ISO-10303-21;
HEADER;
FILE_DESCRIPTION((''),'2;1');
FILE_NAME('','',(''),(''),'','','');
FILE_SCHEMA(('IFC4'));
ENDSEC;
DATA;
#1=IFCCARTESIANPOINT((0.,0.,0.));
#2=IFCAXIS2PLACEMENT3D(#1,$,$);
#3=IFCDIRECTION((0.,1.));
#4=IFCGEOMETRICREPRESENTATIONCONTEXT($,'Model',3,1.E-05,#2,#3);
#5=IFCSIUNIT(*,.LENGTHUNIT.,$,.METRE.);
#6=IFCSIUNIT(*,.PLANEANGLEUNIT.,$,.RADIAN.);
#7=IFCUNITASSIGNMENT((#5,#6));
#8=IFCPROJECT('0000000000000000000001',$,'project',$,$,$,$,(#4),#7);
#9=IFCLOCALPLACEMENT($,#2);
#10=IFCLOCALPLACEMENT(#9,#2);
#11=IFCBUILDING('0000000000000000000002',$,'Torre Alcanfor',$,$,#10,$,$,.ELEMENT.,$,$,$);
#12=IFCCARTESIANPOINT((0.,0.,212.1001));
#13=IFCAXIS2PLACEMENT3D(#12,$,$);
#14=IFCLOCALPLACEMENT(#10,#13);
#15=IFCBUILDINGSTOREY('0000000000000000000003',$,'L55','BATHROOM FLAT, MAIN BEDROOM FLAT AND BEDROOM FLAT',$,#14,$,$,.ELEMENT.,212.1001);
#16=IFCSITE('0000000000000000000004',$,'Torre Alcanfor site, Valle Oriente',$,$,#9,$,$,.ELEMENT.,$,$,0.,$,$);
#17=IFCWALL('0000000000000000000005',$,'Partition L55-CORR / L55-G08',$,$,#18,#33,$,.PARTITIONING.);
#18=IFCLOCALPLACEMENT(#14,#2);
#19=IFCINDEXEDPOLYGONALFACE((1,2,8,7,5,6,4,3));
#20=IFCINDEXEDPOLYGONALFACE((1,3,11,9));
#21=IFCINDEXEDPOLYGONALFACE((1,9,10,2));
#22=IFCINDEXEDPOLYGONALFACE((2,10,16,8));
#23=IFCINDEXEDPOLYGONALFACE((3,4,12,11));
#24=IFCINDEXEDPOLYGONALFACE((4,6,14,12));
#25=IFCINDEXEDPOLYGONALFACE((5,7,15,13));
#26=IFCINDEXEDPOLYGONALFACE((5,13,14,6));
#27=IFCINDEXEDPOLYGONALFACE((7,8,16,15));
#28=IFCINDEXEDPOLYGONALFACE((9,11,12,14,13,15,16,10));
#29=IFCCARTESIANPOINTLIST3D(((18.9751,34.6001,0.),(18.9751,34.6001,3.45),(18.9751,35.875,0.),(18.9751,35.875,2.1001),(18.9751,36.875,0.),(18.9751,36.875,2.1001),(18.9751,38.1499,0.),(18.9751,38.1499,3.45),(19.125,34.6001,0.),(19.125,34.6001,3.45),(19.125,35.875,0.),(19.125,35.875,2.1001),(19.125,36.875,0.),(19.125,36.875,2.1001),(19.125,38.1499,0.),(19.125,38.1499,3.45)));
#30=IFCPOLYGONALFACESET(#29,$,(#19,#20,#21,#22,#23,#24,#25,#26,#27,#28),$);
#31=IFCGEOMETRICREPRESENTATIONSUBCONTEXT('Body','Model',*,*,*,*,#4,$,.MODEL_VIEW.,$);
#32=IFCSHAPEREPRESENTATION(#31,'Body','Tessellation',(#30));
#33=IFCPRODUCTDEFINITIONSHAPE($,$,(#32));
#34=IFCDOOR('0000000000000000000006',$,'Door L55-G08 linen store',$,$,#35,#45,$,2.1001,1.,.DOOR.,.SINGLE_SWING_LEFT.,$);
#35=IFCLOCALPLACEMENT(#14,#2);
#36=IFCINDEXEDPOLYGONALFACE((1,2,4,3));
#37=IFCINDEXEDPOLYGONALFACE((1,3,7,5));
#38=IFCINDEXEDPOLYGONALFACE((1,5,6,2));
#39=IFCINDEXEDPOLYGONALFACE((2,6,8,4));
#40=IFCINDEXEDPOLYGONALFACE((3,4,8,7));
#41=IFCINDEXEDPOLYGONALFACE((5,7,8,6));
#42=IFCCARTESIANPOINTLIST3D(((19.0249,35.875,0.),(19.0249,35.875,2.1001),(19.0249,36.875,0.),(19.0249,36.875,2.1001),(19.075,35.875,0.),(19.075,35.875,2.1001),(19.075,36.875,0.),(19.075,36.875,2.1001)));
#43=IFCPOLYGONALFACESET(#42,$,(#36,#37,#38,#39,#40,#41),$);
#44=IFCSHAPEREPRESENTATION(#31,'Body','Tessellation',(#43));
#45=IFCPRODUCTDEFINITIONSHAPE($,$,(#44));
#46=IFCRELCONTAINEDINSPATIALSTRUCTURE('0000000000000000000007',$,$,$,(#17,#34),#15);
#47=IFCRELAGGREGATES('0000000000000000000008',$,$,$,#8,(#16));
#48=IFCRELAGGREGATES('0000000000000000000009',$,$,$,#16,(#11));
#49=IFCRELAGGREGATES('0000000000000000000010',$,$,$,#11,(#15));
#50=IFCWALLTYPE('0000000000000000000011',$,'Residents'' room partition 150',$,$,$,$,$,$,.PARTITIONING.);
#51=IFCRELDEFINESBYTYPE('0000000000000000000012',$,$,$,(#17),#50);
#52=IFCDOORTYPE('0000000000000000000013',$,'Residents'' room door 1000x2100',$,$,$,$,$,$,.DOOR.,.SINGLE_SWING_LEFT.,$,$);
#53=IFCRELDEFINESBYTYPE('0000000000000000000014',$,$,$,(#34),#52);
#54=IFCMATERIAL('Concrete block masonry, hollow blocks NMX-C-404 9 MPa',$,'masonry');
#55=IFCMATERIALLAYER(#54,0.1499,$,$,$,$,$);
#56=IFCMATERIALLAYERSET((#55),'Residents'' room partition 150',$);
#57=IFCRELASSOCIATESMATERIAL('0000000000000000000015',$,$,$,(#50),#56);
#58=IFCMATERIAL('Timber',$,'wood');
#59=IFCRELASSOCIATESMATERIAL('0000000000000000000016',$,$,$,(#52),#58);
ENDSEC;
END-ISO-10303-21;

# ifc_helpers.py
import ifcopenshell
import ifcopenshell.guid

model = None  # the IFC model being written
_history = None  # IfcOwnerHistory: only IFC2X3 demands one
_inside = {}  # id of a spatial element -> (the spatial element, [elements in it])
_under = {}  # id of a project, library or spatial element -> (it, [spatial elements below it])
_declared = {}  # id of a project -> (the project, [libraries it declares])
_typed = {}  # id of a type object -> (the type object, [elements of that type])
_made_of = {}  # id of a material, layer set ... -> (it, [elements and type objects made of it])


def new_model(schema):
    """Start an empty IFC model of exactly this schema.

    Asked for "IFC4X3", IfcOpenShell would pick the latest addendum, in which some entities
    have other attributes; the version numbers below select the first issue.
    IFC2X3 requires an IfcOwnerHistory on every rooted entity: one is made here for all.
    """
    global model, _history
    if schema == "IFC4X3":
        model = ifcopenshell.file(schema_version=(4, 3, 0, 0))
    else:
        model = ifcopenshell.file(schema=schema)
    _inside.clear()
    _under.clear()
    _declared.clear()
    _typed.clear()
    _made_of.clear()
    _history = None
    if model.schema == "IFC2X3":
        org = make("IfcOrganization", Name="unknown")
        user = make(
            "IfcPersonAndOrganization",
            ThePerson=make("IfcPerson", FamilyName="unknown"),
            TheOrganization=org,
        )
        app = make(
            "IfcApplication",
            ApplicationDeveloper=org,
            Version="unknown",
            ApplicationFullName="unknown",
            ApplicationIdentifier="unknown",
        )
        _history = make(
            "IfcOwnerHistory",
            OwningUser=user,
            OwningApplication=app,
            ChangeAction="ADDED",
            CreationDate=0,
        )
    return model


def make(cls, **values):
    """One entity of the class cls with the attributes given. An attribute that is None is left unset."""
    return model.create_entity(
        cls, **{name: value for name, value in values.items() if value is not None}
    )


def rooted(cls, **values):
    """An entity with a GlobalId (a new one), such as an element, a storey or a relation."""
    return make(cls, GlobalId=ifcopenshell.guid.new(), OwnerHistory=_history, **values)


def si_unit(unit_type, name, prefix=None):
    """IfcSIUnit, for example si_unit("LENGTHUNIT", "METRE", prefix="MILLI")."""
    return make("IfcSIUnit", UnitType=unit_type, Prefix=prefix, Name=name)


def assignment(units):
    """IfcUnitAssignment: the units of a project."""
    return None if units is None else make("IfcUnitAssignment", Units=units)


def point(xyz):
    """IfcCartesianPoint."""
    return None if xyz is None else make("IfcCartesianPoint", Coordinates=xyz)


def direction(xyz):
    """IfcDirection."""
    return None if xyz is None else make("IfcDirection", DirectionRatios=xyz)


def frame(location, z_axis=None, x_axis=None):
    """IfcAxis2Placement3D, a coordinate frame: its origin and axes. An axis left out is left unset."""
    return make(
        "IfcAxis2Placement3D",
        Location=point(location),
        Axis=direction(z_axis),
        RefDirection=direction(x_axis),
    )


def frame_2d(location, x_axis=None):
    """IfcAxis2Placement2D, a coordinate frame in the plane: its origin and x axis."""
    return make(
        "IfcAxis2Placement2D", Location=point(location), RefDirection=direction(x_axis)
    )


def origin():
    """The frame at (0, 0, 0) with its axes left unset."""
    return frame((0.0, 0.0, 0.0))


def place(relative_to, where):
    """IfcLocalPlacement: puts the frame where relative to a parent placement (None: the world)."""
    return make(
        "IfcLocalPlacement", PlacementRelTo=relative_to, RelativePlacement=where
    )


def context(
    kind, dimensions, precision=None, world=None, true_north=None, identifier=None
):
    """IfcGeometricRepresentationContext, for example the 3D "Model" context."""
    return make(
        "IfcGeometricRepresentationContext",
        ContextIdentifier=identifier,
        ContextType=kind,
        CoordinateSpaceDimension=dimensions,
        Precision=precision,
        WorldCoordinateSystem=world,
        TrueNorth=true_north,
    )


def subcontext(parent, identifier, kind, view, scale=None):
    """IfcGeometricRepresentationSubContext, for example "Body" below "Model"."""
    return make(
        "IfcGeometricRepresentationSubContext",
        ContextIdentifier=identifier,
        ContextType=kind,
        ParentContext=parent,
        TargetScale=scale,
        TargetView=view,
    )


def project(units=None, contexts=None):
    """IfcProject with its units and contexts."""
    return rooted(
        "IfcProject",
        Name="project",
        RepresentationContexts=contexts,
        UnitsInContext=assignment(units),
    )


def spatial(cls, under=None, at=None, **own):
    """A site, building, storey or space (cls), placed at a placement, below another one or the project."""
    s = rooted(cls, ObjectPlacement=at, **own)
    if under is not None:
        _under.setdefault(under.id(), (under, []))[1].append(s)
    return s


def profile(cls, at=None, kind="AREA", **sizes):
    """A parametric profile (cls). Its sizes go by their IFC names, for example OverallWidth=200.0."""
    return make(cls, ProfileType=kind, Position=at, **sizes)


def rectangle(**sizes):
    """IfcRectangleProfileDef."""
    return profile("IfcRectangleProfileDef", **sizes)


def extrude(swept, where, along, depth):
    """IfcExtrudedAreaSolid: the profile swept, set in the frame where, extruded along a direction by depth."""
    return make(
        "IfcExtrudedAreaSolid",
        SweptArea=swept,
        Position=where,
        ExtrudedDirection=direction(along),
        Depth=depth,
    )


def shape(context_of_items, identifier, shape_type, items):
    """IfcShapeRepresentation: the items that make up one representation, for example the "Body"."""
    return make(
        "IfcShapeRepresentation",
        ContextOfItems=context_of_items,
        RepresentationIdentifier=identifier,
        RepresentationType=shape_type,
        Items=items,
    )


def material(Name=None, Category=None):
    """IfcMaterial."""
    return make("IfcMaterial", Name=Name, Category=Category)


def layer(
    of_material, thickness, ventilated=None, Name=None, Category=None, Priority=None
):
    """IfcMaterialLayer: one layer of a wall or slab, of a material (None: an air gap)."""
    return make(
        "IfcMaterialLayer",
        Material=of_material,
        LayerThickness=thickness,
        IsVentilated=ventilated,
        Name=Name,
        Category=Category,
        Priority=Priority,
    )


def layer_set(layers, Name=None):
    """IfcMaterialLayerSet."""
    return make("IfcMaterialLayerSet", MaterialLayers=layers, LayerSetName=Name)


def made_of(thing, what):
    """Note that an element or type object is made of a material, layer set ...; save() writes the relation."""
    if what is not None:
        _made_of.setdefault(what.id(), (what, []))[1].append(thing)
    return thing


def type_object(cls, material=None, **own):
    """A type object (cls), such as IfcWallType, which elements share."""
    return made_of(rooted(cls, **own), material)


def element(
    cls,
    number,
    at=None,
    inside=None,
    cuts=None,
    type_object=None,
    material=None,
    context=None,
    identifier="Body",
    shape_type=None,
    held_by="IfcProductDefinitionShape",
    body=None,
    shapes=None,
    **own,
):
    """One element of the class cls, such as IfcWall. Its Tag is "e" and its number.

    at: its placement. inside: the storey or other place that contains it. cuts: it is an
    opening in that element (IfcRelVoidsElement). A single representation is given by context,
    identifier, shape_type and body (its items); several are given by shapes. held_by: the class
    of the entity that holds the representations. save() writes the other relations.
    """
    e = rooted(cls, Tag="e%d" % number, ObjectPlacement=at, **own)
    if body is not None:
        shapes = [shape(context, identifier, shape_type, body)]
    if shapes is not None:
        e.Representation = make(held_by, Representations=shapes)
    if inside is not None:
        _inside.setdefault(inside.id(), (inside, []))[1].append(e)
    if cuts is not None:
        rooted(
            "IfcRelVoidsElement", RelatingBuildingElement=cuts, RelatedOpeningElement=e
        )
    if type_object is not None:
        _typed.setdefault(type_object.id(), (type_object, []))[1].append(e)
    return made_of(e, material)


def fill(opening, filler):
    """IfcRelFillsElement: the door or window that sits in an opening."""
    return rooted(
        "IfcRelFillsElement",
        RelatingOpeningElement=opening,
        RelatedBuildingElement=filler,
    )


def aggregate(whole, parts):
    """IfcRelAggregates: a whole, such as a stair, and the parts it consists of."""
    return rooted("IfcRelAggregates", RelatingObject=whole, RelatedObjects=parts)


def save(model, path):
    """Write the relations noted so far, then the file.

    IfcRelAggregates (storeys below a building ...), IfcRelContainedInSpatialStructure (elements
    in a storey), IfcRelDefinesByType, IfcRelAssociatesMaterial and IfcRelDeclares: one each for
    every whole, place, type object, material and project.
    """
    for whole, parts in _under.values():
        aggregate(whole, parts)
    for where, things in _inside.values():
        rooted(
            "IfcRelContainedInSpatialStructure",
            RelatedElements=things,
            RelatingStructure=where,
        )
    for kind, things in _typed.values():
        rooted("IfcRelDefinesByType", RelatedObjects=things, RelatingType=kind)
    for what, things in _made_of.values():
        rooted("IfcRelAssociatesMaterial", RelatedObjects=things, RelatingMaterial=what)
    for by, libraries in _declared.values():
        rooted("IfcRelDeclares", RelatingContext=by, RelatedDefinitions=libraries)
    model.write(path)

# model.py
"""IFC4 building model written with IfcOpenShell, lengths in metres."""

from ifc_helpers import new_model, si_unit, direction, frame, frame_2d, origin, place, context, subcontext, project, spatial, rectangle, extrude, material, layer, layer_set, type_object, element, fill, save


model = new_model("IFC4")

# Units and contexts
model_context = context("Model", 3, precision=1e-05, world=origin(), true_north=direction((0.0, 1.0)))
body_context = subcontext(model_context, "Body", "Model", "MODEL_VIEW")
ifc_project = project(units=[si_unit("LENGTHUNIT", "METRE"), si_unit("PLANEANGLEUNIT", "RADIAN")], contexts=[model_context])

# Site, building, storey
site_placement = place(None, origin())
site = spatial("IfcSite", under=ifc_project, at=site_placement, Name="Torre Alcanfor site, Valle Oriente", CompositionType="ELEMENT", RefElevation=0.0)
building_placement = place(site_placement, origin())
building = spatial("IfcBuilding", under=site, at=building_placement, Name="Torre Alcanfor", CompositionType="ELEMENT")
storey_placement = place(building_placement, frame((0.0, 0.0, 212.1001)))
storey = spatial("IfcBuildingStorey", under=building, at=storey_placement, Name="L55", Description="BATHROOM FLAT, MAIN BEDROOM FLAT AND BEDROOM FLAT", CompositionType="ELEMENT", Elevation=212.1001)

# Shared definitions
ifc_material_1 = material(Name="Concrete block masonry, hollow blocks NMX-C-404 9 MPa", Category="masonry")
ifc_layer_1 = layer(ifc_material_1, 0.1499)
ifc_layer_set_1 = layer_set([ifc_layer_1], Name="Residents' room partition 150")
wall_type_1 = type_object("IfcWallType", Name="Residents' room partition 150", PredefinedType="PARTITIONING", material=ifc_layer_set_1)

# Wall, opening, door
wall_1_placement = place(storey_placement, frame((19.05, 38.1499, 0.0), z_axis=(0.0, 0.0, 1.0), x_axis=(0.0, -1.0, 0.0)))
wall_1 = element("IfcWall", 1, at=wall_1_placement, inside=storey, type_object=wall_type_1, Name="Partition L55-CORR / L55-G08", PredefinedType="PARTITIONING", context=body_context, shape_type="SweptSolid", body=[
    extrude(rectangle(XDim=3.5498, YDim=0.1499, at=frame_2d((1.7749, 0.0))), origin(), (0.0, 0.0, 1.0), 3.45),
])
opening_1_placement = place(wall_1_placement, frame((1.2749, 0.0, 0.0)))
opening_1 = element("IfcOpeningElement", 2, at=opening_1_placement, cuts=wall_1, PredefinedType="OPENING", context=body_context, shape_type="SweptSolid", body=[
    extrude(rectangle(XDim=1.0, YDim=2.1001, at=frame_2d((0.5, 1.05))), frame((0.0, 0.085, 0.0), z_axis=(0.0, -1.0, 0.0), x_axis=(1.0, 0.0, 0.0)), (0.0, 0.0, 1.0), 0.1699),
])
ifc_material_2 = material(Name="Timber", Category="wood")
door_type_1 = type_object("IfcDoorType", Name="Residents' room door 1000x2100", OperationType="SINGLE_SWING_LEFT", PredefinedType="DOOR", material=ifc_material_2)
door_1_placement = place(opening_1_placement, origin())
door_1 = element("IfcDoor", 3, at=door_1_placement, inside=storey, type_object=door_type_1, Name="Door L55-G08 linen store", OperationType="SINGLE_SWING_LEFT", OverallHeight=2.1001, OverallWidth=1.0, PredefinedType="DOOR", context=body_context, shape_type="SweptSolid", body=[
    extrude(rectangle(XDim=1.0, YDim=2.1001, at=frame_2d((0.5, 1.05))), frame((0.0, 0.0249, 0.0), z_axis=(0.0, -1.0, 0.0), x_axis=(1.0, 0.0, 0.0)), (0.0, 0.0, 1.0), 0.05),
])
fill(opening_1, door_1)

save(model, "model.ifc")
